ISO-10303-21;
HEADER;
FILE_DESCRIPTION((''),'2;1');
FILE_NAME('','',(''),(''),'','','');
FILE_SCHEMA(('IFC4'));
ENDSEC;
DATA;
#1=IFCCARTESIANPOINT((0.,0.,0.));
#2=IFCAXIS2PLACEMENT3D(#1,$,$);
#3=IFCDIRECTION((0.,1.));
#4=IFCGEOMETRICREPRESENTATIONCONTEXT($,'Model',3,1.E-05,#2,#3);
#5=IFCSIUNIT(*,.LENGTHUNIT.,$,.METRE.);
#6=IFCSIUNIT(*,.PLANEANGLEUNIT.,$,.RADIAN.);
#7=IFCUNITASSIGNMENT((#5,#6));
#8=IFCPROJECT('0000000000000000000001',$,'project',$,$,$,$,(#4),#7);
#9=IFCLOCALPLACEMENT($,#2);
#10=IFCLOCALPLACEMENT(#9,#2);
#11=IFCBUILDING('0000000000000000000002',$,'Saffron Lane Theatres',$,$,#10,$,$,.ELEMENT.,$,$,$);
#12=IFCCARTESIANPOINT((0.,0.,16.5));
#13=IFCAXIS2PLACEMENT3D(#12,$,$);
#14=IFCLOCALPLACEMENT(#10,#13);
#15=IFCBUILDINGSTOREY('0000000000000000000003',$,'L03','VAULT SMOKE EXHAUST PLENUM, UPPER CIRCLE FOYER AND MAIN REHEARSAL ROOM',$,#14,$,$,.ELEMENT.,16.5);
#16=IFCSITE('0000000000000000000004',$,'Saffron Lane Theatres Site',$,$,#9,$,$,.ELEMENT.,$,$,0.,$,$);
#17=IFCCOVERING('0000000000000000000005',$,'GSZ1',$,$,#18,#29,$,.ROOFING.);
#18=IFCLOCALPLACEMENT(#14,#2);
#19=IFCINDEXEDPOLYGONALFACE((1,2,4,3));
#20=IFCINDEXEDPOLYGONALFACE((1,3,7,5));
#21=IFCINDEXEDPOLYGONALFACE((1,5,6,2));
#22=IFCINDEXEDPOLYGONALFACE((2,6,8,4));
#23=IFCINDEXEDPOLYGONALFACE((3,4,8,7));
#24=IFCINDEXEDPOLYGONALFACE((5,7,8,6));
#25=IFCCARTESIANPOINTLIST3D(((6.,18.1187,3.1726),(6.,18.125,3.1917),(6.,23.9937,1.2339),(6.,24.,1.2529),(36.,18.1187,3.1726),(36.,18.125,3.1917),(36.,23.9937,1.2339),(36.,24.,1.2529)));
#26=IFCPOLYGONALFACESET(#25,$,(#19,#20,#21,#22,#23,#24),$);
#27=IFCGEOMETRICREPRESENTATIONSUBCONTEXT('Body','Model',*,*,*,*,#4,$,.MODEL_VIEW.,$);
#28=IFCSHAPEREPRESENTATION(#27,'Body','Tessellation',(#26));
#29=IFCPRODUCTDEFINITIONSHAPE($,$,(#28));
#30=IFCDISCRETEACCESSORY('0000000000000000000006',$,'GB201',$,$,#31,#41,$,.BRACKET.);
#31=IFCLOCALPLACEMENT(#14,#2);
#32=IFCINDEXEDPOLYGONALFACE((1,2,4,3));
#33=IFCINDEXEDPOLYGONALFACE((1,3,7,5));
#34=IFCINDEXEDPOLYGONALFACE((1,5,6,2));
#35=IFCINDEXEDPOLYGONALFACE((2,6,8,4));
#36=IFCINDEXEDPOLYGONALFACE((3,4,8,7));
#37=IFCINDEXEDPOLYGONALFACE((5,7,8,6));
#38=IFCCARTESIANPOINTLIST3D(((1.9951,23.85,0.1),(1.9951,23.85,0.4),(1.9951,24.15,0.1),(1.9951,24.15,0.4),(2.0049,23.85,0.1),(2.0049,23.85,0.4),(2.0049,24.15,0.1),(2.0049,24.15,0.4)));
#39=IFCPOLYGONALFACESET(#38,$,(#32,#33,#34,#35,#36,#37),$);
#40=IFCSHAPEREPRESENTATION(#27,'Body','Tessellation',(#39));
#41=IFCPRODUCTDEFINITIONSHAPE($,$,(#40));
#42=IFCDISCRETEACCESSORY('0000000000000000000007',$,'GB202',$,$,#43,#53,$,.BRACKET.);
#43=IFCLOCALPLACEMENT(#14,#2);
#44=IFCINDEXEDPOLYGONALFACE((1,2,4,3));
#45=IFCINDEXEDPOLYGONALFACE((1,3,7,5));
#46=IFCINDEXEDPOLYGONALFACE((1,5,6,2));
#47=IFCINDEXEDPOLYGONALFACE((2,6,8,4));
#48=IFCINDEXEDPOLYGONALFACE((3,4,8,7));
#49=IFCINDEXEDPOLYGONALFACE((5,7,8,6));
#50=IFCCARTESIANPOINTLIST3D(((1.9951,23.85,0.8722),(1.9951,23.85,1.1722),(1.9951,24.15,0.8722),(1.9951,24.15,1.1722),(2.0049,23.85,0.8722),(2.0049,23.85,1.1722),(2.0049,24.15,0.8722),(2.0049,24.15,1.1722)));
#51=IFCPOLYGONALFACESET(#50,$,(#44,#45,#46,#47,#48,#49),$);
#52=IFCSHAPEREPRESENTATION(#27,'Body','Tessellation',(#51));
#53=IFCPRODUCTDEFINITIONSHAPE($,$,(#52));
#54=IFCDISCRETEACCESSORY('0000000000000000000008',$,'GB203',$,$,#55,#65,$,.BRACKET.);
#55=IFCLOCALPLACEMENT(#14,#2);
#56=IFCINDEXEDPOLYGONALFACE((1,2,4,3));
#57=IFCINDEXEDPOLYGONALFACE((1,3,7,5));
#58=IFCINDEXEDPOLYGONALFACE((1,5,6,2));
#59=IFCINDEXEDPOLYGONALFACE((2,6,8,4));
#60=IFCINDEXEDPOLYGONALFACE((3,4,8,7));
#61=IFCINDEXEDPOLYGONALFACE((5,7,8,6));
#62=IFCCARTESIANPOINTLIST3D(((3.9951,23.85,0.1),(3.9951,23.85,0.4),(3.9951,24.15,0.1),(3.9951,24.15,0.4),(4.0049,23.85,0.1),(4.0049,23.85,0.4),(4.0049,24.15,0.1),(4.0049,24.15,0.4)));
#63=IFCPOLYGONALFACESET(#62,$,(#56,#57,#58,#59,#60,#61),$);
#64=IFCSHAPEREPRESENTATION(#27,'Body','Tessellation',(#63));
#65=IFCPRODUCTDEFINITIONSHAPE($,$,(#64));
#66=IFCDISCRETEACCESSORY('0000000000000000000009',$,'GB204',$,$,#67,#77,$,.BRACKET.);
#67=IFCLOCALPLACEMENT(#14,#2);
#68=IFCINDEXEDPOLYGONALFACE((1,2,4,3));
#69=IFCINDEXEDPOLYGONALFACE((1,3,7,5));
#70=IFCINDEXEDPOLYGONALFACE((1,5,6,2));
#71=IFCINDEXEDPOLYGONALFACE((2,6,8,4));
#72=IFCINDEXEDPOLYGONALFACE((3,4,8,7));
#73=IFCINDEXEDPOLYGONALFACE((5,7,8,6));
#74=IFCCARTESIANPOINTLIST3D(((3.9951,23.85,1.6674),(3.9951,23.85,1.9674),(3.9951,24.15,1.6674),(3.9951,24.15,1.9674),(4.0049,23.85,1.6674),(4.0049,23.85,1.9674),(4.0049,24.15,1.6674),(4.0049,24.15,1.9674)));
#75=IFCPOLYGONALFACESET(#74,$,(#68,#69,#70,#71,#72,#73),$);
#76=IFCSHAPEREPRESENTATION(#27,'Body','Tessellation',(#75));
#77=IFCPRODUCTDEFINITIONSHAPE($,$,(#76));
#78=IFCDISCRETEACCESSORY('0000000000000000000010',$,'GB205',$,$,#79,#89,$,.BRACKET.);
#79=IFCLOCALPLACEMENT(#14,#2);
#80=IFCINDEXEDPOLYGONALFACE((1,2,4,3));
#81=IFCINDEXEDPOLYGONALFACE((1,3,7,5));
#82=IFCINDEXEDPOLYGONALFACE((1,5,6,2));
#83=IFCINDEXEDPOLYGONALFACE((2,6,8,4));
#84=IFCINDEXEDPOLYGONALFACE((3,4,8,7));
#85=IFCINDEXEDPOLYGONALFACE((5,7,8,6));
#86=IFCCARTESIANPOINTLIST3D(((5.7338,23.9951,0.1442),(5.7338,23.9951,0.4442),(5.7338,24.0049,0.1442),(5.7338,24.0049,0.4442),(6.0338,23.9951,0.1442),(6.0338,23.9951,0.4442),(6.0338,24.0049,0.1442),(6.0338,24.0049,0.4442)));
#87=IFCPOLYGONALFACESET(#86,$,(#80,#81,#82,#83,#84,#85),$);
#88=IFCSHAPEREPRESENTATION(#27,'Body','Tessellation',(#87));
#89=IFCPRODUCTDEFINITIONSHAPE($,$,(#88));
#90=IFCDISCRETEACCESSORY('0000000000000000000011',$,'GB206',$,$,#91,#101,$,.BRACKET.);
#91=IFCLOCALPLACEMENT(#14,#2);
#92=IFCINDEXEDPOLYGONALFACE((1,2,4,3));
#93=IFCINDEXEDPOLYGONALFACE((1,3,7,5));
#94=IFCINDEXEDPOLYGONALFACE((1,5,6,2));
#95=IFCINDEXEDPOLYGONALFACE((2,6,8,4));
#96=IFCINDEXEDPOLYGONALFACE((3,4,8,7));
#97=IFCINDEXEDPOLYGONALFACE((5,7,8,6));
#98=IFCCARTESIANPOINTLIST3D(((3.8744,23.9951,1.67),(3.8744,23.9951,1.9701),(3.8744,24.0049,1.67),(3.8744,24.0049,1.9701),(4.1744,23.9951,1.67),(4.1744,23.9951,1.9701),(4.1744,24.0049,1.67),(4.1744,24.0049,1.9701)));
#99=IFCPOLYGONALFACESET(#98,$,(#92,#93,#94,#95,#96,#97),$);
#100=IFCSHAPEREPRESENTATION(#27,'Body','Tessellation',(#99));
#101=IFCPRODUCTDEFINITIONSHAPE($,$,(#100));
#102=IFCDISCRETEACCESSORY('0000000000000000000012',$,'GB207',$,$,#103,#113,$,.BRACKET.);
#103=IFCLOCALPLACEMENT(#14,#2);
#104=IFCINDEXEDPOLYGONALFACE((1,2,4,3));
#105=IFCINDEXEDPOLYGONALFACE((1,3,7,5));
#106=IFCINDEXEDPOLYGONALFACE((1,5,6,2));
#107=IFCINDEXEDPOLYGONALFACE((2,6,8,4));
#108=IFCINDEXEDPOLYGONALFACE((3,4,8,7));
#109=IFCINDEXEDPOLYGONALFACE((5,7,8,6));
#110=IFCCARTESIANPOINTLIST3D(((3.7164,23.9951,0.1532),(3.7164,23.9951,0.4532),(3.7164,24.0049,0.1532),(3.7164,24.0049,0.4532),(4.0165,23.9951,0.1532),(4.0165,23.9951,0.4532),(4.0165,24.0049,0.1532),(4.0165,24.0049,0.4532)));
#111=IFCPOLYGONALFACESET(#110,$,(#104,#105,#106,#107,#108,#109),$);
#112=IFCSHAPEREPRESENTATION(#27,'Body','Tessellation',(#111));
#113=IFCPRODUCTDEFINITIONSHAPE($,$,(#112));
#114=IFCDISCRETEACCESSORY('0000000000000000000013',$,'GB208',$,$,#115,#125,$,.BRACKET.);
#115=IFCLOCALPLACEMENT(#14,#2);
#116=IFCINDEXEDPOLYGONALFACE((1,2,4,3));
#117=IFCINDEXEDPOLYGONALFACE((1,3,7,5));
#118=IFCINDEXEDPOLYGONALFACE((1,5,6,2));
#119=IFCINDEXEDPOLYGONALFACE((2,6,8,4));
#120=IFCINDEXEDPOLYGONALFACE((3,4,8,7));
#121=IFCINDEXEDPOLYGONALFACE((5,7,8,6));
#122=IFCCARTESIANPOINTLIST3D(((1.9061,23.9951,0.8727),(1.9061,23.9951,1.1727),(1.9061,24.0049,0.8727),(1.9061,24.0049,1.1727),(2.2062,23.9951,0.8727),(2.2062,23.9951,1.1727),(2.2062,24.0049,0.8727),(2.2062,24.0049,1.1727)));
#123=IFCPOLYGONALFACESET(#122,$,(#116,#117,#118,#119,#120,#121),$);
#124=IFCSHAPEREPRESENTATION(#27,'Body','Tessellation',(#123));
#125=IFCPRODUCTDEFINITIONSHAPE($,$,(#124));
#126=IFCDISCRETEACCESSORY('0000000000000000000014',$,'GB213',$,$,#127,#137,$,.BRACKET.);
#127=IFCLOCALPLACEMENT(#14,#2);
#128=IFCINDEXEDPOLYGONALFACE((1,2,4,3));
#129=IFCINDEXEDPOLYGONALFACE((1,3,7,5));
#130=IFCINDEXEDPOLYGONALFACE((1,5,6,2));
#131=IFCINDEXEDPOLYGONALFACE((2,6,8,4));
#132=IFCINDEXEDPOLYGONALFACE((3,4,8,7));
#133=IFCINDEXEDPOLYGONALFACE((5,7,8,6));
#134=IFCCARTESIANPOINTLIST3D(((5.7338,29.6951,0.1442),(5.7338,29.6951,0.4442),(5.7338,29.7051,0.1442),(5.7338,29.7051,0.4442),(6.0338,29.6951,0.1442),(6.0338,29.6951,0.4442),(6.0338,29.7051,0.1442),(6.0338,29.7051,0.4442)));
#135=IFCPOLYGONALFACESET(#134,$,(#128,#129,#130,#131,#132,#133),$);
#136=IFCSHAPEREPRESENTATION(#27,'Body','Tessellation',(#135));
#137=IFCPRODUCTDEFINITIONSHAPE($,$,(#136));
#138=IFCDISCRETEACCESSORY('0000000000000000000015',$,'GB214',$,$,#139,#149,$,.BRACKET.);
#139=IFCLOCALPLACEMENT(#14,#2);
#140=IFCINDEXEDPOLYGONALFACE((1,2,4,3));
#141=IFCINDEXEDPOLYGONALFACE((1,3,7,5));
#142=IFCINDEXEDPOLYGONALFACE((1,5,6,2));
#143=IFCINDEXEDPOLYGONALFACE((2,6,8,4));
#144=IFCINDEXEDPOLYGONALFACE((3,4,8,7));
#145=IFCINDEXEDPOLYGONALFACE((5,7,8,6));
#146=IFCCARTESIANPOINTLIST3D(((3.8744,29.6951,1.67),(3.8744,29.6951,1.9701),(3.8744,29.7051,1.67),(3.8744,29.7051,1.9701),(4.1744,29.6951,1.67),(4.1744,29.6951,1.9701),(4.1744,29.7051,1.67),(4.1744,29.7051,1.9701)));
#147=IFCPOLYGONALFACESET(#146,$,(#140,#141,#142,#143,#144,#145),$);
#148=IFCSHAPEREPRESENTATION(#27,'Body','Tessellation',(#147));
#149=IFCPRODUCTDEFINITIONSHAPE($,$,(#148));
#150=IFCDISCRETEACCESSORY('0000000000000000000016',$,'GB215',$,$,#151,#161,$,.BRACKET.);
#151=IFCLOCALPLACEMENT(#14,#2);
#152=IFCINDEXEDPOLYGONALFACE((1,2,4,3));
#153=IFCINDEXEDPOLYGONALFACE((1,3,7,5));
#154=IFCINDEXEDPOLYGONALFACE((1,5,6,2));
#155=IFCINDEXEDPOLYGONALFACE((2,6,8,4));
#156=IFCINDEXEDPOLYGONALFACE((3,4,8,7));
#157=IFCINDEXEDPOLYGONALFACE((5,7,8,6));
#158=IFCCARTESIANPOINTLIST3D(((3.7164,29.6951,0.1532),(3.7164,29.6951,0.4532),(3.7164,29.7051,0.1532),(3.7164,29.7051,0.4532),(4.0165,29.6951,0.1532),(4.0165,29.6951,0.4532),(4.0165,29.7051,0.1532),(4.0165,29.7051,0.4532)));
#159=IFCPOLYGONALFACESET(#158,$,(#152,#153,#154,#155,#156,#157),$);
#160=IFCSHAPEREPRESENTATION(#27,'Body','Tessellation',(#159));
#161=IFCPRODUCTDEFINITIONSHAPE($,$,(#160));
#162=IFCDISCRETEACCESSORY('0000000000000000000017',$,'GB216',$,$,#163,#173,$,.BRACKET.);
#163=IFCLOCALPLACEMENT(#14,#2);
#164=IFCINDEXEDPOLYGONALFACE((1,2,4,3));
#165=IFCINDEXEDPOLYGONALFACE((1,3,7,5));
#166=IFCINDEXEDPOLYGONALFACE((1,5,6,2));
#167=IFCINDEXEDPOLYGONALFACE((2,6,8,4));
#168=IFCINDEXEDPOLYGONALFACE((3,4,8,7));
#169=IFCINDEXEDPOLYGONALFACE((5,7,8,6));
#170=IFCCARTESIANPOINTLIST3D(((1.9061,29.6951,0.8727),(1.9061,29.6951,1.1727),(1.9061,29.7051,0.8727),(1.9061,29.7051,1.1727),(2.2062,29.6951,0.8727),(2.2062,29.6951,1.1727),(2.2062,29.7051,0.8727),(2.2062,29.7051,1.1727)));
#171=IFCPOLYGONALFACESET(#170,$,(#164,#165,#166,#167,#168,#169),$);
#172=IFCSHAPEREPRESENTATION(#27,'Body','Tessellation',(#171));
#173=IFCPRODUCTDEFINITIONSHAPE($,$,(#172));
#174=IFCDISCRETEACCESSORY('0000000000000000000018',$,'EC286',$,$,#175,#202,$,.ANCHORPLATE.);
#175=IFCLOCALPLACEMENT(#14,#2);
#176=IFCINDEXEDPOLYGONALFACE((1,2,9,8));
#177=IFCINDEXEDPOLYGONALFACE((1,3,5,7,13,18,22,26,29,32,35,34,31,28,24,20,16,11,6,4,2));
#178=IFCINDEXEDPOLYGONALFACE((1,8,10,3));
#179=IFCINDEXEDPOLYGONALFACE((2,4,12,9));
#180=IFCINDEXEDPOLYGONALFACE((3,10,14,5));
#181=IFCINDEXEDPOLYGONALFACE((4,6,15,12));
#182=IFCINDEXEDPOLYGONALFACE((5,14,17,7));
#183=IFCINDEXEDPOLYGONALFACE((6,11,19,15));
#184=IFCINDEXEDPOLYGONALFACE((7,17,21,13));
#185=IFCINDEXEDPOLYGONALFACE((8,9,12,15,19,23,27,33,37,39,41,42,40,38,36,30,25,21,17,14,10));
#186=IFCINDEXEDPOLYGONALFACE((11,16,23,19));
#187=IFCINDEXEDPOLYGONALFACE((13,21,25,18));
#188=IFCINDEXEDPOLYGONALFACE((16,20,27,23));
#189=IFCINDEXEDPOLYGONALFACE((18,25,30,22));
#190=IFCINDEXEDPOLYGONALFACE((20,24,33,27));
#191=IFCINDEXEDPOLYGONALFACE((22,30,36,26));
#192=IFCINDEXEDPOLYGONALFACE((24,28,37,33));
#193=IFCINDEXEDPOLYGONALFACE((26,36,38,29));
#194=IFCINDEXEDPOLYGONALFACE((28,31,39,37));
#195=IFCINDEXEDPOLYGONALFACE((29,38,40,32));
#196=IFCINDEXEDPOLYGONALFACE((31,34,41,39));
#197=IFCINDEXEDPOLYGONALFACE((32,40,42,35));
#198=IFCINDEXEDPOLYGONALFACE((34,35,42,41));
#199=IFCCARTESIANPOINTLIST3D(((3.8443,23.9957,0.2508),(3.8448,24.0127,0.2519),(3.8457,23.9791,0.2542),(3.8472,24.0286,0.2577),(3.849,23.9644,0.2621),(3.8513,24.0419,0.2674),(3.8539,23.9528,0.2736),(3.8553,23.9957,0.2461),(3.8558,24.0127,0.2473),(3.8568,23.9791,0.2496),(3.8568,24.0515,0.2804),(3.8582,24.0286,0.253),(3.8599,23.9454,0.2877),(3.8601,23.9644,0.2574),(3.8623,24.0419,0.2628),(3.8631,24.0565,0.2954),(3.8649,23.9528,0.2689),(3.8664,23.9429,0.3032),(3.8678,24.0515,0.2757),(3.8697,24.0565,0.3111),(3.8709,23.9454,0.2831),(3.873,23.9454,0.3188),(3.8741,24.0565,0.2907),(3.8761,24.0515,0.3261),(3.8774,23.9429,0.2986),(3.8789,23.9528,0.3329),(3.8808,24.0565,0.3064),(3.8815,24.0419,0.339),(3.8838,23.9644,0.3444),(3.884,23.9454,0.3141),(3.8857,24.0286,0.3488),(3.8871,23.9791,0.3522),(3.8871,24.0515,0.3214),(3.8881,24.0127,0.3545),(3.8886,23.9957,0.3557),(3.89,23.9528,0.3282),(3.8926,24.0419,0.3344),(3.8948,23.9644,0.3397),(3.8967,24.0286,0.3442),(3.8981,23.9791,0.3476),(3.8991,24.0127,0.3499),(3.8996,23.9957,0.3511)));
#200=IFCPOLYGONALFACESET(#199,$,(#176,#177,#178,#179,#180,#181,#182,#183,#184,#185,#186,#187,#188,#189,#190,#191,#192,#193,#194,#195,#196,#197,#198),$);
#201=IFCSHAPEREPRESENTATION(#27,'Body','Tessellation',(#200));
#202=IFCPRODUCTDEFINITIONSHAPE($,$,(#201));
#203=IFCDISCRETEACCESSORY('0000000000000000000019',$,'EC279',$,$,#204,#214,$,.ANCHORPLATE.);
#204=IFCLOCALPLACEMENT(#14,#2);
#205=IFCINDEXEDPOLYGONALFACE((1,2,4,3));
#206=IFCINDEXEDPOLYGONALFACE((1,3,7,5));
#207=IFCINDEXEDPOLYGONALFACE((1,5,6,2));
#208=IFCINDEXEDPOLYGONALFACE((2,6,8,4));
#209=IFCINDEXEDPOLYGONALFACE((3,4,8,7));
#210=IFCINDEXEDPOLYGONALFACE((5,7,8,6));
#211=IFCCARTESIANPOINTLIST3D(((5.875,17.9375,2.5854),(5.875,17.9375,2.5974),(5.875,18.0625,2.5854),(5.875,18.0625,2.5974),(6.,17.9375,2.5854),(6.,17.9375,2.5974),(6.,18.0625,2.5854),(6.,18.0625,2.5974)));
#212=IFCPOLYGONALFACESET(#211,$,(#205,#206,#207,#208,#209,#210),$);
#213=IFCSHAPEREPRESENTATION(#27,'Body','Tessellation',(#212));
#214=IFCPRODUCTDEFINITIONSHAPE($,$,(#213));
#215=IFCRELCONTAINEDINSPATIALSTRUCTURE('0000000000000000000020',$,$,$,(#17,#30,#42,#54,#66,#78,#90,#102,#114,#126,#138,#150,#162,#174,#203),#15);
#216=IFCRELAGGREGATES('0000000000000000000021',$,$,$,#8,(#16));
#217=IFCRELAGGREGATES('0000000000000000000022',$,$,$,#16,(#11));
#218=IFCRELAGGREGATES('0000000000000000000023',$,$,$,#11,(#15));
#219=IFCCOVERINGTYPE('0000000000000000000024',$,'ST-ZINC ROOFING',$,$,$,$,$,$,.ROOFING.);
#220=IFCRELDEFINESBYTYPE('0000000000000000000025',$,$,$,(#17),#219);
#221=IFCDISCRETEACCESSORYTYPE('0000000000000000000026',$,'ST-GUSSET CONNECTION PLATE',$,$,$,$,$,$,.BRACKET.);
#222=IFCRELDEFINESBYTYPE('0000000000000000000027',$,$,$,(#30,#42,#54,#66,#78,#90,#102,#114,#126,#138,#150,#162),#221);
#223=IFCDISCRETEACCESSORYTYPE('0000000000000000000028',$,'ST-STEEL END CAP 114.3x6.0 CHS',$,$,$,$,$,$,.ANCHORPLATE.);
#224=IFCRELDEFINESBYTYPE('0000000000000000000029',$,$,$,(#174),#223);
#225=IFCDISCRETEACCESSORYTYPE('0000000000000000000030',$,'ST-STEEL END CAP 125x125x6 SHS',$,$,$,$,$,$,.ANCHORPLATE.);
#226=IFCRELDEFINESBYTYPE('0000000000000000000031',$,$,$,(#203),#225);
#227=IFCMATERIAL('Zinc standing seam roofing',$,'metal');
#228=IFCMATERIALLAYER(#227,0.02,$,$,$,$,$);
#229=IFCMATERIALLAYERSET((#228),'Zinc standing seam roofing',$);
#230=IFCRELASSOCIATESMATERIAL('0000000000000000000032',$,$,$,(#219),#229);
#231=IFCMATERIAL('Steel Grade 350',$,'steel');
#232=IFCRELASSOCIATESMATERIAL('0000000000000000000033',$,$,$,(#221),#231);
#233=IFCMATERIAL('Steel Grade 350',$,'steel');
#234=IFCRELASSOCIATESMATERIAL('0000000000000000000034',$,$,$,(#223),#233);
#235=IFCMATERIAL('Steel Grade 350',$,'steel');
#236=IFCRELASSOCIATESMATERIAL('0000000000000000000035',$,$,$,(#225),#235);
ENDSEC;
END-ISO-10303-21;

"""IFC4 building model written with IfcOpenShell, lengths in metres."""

from ifc_helpers import new_model, si_unit, direction, frame, origin, origin_2d, place, context, subcontext, project, spatial, polyline, rectangle, circle, outline, extrude, material, layer, layer_set, material_profile, profile_set, type_object, element, save


model = new_model("IFC4")

# Units and contexts
model_context = context("Model", 3, precision=1e-05, world=origin(), true_north=direction((0.0, 1.0)))
body_context = subcontext(model_context, "Body", "Model", "MODEL_VIEW")
ifc_project = project(units=[si_unit("LENGTHUNIT", "METRE"), si_unit("PLANEANGLEUNIT", "RADIAN")], contexts=[model_context])

# Site, building, storey
site_placement = place(None, origin())
site = spatial("IfcSite", under=ifc_project, at=site_placement, Name="Saffron Lane Theatres Site", CompositionType="ELEMENT", RefElevation=0.0)
building_placement = place(site_placement, origin())
building = spatial("IfcBuilding", under=site, at=building_placement, Name="Saffron Lane Theatres", CompositionType="ELEMENT")
storey_placement = place(building_placement, frame((0.0, 0.0, 16.5)))
storey = spatial("IfcBuildingStorey", under=building, at=storey_placement, Name="L03", Description="VAULT SMOKE EXHAUST PLENUM, UPPER CIRCLE FOYER AND MAIN REHEARSAL ROOM", CompositionType="ELEMENT", Elevation=16.5)

# Covering
ifc_material_1 = material(Name="Zinc standing seam roofing", Category="metal")
ifc_layer_1 = layer(ifc_material_1, 0.02)
ifc_layer_set_1 = layer_set([ifc_layer_1], Name="Zinc standing seam roofing")
covering_type_1 = type_object("IfcCoveringType", Name="ST-ZINC ROOFING", PredefinedType="ROOFING", material=ifc_layer_set_1)
covering_1_placement = place(storey_placement, frame((6.0, 18.125, 3.1917), z_axis=(0.0, 0.313373, 0.94963), x_axis=(1.0, 0.0, 0.0)))
element("IfcCovering", 1, at=covering_1_placement, inside=storey, type_object=covering_type_1, Name="GSZ1", PredefinedType="ROOFING", context=body_context, shape_type="SweptSolid", body=[
    extrude(outline(polyline([(0.0, 0.0), (30.0, 0.0), (30.0, 6.1866), (0.0, 6.1866), (0.0, 0.0)])), origin(), (0.0, 0.0, -1.0), 0.02),
])

# Discrete accessories
ifc_material_2 = material(Name="Steel Grade 350", Category="steel")
ifc_material_profile_1 = material_profile(ifc_material_2, rectangle(XDim=0.3, YDim=0.3, at=origin_2d()))
ifc_profile_set_1 = profile_set([ifc_material_profile_1], Name="Steel Grade 350")
discrete_accessory_type_1 = type_object("IfcDiscreteAccessoryType", Name="ST-GUSSET CONNECTION PLATE", PredefinedType="BRACKET", material=ifc_profile_set_1)
for number, where, z_axis, x_axis, name in (
    (2, (1.9951, 24.0, 0.25), (1.0, 0.0, 0.0), (0.0, 1.0, 0.0), "GB201"),
    (3, (1.9951, 24.0, 1.0222), (1.0, 0.0, 0.0), (0.0, 1.0, 0.0), "GB202"),
    (4, (3.9951, 24.0, 0.25), (1.0, 0.0, 0.0), (0.0, 1.0, 0.0), "GB203"),
    (5, (3.9951, 24.0, 1.8174), (1.0, 0.0, 0.0), (0.0, 1.0, 0.0), "GB204"),
    (6, (5.8838, 23.9951, 0.2942), (0.0, 1.0, 0.0), (-1.0, 0.0, 0.0), "GB205"),
    (7, (4.0244, 23.9951, 1.8201), (0.0, 1.0, 0.0), (-1.0, 0.0, 0.0), "GB206"),
    (8, (3.8665, 23.9951, 0.3032), (0.0, 1.0, 0.0), (-1.0, 0.0, 0.0), "GB207"),
    (9, (2.0562, 23.9951, 1.0227), (0.0, 1.0, 0.0), (-1.0, 0.0, 0.0), "GB208"),
):
    element("IfcDiscreteAccessory", number, at=place(storey_placement, frame(where, z_axis=z_axis, x_axis=x_axis)), inside=storey, type_object=discrete_accessory_type_1, Name=name, PredefinedType="BRACKET", context=body_context, shape_type="SweptSolid", body=[
        extrude(rectangle(XDim=0.3, YDim=0.3, at=origin_2d()), origin(), (0.0, 0.0, 1.0), 0.0098),
    ])
for number, where, z_axis, x_axis, name in (
    (10, (5.8838, 29.6951, 0.2942), (0.0, 1.0, 0.0), (-1.0, 0.0, 0.0), "GB213"),
    (11, (4.0244, 29.6951, 1.8201), (0.0, 1.0, 0.0), (-1.0, 0.0, 0.0), "GB214"),
    (12, (3.8665, 29.6951, 0.3032), (0.0, 1.0, 0.0), (-1.0, 0.0, 0.0), "GB215"),
    (13, (2.0562, 29.6951, 1.0227), (0.0, 1.0, 0.0), (-1.0, 0.0, 0.0), "GB216"),
):
    element("IfcDiscreteAccessory", number, at=place(storey_placement, frame(where, z_axis=z_axis, x_axis=x_axis)), inside=storey, type_object=discrete_accessory_type_1, Name=name, PredefinedType="BRACKET", context=body_context, shape_type="SweptSolid", body=[
        extrude(rectangle(XDim=0.3, YDim=0.3, at=origin_2d()), origin(), (0.0, 0.0, 1.0), 0.01),
    ])
ifc_material_3 = material(Name="Steel Grade 350", Category="steel")
ifc_material_profile_2 = material_profile(ifc_material_3, circle(Radius=0.0571, at=origin_2d()))
ifc_profile_set_2 = profile_set([ifc_material_profile_2], Name="Steel Grade 350")
discrete_accessory_type_2 = type_object("IfcDiscreteAccessoryType", Name="ST-STEEL END CAP 114.3x6.0 CHS", PredefinedType="ANCHORPLATE", material=ifc_profile_set_2)
discrete_accessory_placement = place(storey_placement, frame((3.8774, 24.0, 0.2986), z_axis=(-0.92125, 0.0, 0.388972), x_axis=(0.0, -1.0, 0.0)))
element("IfcDiscreteAccessory", 14, at=discrete_accessory_placement, inside=storey, type_object=discrete_accessory_type_2, Name="EC286", PredefinedType="ANCHORPLATE", context=body_context, shape_type="SweptSolid", body=[
    extrude(circle(Radius=0.0571, at=origin_2d()), origin(), (0.0, 0.0, 1.0), 0.012),
])
ifc_material_4 = material(Name="Steel Grade 350", Category="steel")
ifc_material_profile_3 = material_profile(ifc_material_4, rectangle(XDim=0.125, YDim=0.125, at=origin_2d()))
ifc_profile_set_3 = profile_set([ifc_material_profile_3], Name="Steel Grade 350")
discrete_accessory_type_3 = type_object("IfcDiscreteAccessoryType", Name="ST-STEEL END CAP 125x125x6 SHS", PredefinedType="ANCHORPLATE", material=ifc_profile_set_3)
for number, where, z_axis, x_axis, name in (
    (15, (5.9375, 18.0, 2.5854), (0.0, 0.0, 1.0), (1.0, 0.0, 0.0), "EC279"),
):
    element("IfcDiscreteAccessory", number, at=place(storey_placement, frame(where, z_axis=z_axis, x_axis=x_axis)), inside=storey, type_object=discrete_accessory_type_3, Name=name, PredefinedType="ANCHORPLATE", context=body_context, shape_type="SweptSolid", body=[
        extrude(rectangle(XDim=0.125, YDim=0.125, at=origin_2d()), origin(), (0.0, 0.0, 1.0), 0.012),
    ])

save(model, "model.ifc")
